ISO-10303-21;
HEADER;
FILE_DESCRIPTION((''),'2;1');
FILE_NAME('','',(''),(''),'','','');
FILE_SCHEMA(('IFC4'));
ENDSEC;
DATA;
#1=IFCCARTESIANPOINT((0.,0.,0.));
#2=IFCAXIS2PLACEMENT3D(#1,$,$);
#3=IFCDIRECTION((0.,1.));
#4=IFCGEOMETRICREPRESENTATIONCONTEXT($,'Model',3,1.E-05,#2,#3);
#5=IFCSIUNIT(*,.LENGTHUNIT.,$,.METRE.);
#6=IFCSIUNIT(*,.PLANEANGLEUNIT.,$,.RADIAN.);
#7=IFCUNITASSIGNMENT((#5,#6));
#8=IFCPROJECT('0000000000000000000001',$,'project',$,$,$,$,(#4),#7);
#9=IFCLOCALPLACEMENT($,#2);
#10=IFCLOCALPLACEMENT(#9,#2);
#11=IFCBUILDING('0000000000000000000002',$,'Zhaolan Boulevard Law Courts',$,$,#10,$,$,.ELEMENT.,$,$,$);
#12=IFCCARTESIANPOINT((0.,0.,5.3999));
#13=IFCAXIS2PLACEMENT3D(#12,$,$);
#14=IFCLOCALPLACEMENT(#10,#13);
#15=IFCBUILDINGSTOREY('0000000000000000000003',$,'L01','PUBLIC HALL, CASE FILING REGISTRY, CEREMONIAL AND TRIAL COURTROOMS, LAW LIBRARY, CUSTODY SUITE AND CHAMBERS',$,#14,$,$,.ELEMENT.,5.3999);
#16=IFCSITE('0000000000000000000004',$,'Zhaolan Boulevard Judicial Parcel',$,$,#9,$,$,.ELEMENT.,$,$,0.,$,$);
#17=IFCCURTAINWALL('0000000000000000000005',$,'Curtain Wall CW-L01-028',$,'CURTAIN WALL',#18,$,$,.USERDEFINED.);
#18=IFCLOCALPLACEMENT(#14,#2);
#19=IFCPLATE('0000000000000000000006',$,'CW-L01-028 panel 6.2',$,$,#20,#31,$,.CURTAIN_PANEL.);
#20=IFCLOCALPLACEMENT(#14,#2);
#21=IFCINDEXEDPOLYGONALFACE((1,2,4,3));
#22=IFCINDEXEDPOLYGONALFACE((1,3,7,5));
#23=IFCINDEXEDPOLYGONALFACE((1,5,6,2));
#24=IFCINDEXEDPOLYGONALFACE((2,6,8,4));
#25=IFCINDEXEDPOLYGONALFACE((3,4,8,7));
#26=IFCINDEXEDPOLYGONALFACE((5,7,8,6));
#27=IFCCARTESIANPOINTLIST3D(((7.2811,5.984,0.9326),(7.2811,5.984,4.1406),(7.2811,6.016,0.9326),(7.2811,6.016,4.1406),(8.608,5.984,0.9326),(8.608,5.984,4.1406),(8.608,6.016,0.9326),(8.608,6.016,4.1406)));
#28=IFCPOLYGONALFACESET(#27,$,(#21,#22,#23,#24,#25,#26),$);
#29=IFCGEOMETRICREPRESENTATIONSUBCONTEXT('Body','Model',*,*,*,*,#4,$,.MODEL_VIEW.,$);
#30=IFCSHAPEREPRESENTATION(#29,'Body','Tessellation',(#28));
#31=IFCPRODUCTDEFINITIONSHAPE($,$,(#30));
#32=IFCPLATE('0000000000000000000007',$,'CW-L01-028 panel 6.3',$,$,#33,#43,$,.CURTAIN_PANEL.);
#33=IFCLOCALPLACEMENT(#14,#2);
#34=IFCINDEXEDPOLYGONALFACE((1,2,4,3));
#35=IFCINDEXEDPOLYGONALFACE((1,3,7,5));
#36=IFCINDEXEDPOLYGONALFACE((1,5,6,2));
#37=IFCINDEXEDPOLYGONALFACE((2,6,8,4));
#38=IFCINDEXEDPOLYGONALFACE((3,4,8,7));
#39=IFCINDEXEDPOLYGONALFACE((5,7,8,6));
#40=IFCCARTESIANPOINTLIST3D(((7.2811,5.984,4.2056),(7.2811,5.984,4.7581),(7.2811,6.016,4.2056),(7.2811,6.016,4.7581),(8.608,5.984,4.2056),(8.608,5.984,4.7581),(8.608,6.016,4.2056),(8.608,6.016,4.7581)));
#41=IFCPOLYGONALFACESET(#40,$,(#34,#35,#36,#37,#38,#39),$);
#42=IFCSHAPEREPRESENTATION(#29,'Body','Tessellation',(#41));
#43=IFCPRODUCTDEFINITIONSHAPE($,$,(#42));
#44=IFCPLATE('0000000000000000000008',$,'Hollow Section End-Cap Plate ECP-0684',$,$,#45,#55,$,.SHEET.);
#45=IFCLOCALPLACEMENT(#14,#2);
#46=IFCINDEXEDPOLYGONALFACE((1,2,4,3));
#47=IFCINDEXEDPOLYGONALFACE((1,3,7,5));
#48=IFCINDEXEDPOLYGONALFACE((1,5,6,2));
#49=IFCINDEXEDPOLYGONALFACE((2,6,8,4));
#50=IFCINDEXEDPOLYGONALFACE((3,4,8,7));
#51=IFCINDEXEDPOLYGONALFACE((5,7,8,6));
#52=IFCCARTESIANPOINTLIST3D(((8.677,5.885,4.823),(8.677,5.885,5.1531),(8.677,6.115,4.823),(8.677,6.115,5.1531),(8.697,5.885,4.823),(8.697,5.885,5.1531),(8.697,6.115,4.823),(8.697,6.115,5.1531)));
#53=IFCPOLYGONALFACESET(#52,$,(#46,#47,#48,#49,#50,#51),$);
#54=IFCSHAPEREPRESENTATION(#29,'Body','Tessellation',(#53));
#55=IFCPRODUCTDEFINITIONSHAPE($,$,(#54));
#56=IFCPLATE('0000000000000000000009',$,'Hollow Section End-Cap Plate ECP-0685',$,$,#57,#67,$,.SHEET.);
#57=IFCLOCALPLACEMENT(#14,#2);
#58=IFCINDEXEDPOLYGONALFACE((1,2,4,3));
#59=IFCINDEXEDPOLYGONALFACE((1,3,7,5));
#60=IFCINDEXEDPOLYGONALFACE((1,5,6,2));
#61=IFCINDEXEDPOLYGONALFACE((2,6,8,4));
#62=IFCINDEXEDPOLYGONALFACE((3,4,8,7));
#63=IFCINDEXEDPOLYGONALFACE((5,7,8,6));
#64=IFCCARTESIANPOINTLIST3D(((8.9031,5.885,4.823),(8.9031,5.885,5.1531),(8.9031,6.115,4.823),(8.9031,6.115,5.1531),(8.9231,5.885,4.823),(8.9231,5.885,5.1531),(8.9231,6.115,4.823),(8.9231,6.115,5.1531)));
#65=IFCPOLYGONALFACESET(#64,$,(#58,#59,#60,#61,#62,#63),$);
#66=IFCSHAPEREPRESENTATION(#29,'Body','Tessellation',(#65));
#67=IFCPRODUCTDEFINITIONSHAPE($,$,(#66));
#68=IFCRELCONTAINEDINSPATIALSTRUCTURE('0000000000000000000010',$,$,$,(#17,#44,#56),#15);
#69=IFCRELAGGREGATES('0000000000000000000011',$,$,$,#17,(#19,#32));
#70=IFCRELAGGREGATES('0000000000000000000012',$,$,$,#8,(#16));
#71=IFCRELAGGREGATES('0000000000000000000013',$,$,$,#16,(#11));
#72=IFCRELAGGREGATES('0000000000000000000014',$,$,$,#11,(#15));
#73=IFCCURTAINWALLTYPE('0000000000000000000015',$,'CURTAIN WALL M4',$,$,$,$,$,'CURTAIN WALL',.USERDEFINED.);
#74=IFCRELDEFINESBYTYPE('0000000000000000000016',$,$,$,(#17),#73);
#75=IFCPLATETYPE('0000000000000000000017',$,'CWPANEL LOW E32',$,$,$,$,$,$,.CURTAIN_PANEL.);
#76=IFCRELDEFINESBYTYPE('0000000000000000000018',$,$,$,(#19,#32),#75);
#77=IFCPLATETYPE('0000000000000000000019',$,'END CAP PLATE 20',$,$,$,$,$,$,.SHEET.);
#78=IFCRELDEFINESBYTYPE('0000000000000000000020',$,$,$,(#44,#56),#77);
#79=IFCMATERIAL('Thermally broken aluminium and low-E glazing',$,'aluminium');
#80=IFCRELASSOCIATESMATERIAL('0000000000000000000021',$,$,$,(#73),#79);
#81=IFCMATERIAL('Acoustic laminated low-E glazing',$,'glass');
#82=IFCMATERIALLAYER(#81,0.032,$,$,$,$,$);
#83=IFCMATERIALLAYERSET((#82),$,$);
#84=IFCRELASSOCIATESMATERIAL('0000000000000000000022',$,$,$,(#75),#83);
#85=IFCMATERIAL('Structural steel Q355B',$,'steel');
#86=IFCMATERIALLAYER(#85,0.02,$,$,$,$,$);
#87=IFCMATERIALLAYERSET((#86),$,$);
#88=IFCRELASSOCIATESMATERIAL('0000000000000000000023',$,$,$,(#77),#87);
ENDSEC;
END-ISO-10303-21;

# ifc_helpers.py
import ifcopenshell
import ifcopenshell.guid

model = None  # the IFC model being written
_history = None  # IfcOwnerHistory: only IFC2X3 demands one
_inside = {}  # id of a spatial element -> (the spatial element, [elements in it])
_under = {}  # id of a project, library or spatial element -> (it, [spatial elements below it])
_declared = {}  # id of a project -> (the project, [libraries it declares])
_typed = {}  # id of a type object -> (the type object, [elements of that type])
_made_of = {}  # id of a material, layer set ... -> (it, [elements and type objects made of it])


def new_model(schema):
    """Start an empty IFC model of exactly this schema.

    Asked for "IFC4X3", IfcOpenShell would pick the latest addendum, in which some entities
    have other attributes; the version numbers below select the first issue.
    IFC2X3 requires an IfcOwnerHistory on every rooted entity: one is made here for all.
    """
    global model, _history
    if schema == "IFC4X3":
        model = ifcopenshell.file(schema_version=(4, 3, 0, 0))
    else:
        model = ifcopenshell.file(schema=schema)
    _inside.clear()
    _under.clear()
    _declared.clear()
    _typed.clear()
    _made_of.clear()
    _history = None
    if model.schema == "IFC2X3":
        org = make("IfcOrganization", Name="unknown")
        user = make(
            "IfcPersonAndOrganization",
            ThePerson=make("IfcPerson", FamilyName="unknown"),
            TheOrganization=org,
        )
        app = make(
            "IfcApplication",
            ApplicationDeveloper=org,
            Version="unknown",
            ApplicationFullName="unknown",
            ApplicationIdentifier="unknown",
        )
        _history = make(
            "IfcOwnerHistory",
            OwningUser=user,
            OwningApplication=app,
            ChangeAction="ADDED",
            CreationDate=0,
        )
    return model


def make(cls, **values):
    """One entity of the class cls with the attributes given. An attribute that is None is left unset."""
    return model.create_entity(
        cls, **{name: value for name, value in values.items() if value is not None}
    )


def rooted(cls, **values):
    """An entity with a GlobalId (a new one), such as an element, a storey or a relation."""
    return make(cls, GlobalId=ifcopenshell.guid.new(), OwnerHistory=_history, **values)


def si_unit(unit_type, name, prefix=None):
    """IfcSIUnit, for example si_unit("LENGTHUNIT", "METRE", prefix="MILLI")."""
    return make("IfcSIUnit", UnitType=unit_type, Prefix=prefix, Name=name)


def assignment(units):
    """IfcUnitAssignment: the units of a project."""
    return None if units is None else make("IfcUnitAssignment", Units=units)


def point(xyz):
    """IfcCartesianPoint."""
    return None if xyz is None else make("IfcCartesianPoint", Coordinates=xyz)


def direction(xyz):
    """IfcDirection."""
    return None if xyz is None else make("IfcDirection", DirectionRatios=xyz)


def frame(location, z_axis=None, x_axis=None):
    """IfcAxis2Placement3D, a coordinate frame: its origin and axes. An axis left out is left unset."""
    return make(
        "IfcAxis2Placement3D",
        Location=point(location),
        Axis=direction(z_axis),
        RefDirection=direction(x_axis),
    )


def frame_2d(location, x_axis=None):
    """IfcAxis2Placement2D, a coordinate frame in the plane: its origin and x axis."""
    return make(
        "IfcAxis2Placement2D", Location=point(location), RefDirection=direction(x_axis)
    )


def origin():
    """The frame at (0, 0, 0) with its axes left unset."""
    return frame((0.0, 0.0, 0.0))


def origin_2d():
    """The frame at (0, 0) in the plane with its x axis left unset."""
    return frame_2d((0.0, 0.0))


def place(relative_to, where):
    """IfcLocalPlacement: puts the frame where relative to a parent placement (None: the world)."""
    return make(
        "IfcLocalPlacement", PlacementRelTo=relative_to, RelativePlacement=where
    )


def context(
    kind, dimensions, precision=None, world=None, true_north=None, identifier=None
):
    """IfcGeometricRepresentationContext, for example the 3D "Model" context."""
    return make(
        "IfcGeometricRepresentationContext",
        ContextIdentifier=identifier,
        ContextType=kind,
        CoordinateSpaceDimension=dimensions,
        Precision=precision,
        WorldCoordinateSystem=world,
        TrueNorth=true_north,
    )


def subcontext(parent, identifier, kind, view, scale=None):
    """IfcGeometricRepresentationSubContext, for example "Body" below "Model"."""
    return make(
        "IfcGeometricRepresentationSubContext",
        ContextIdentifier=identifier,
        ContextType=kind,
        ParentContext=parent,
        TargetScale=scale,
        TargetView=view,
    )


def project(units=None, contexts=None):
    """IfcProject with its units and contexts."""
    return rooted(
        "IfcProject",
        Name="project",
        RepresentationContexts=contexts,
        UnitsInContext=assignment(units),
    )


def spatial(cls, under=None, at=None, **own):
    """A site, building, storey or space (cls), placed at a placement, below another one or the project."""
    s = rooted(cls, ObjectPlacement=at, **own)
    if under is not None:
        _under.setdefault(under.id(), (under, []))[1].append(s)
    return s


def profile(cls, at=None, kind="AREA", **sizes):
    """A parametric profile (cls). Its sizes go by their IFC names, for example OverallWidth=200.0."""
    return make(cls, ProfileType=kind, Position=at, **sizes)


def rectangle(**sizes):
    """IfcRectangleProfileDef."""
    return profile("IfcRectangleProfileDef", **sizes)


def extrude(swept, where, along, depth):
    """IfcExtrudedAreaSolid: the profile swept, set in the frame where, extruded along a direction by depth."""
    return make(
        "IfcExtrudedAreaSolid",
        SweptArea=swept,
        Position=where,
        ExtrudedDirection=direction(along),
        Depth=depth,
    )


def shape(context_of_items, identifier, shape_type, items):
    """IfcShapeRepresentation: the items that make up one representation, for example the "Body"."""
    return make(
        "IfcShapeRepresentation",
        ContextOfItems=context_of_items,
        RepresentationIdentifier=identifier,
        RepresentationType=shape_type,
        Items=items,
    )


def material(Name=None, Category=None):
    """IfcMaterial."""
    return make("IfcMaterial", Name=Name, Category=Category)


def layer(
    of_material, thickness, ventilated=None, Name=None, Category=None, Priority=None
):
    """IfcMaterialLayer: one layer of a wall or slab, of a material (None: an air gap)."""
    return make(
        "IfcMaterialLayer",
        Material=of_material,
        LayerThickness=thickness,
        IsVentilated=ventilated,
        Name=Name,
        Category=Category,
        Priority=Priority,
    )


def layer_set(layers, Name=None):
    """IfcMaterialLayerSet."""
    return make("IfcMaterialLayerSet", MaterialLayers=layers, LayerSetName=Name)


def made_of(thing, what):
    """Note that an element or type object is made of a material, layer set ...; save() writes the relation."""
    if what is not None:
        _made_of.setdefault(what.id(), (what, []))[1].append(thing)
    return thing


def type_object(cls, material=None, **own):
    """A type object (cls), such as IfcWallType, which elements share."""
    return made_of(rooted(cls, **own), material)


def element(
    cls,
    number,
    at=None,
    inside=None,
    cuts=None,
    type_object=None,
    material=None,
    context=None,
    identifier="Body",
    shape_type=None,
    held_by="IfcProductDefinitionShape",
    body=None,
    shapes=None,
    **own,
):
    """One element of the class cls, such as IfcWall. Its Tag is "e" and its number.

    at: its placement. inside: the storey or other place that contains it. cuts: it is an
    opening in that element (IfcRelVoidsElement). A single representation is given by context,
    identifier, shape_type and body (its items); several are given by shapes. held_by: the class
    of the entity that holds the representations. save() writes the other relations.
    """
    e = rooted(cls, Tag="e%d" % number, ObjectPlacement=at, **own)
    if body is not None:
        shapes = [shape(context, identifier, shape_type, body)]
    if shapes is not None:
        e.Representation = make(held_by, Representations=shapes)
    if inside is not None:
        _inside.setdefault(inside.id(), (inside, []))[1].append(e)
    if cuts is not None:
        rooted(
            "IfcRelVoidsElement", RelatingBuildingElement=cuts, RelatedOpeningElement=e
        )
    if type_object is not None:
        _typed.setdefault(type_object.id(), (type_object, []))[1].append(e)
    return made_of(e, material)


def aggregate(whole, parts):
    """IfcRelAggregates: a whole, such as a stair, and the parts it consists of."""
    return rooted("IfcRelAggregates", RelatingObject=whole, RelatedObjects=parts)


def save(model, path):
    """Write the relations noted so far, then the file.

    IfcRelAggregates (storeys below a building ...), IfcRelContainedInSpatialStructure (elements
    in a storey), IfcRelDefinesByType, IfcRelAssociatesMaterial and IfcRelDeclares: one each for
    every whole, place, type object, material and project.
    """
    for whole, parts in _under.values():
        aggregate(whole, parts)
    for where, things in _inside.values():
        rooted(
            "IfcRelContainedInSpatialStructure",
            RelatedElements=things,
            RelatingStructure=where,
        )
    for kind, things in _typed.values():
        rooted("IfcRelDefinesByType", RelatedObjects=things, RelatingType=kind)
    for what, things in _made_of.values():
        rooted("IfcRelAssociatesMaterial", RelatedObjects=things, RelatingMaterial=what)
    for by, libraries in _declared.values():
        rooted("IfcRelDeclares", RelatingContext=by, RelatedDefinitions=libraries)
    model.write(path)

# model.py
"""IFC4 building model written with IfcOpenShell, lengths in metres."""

from ifc_helpers import new_model, si_unit, direction, frame, origin, origin_2d, place, context, subcontext, project, spatial, rectangle, extrude, material, layer, layer_set, type_object, element, aggregate, save


model = new_model("IFC4")

# Units and contexts
model_context = context("Model", 3, precision=1e-05, world=origin(), true_north=direction((0.0, 1.0)))
body_context = subcontext(model_context, "Body", "Model", "MODEL_VIEW")
ifc_project = project(units=[si_unit("LENGTHUNIT", "METRE"), si_unit("PLANEANGLEUNIT", "RADIAN")], contexts=[model_context])

# Site, building, storey
site_placement = place(None, origin())
site = spatial("IfcSite", under=ifc_project, at=site_placement, Name="Zhaolan Boulevard Judicial Parcel", CompositionType="ELEMENT", RefElevation=0.0)
building_placement = place(site_placement, origin())
building = spatial("IfcBuilding", under=site, at=building_placement, Name="Zhaolan Boulevard Law Courts", CompositionType="ELEMENT")
storey_placement = place(building_placement, frame((0.0, 0.0, 5.3999)))
storey = spatial("IfcBuildingStorey", under=building, at=storey_placement, Name="L01", Description="PUBLIC HALL, CASE FILING REGISTRY, CEREMONIAL AND TRIAL COURTROOMS, LAW LIBRARY, CUSTODY SUITE AND CHAMBERS", CompositionType="ELEMENT", Elevation=5.3999)

# Curtain wall
ifc_material_1 = material(Name="Thermally broken aluminium and low-E glazing", Category="aluminium")
curtain_wall_type_1 = type_object("IfcCurtainWallType", Name="CURTAIN WALL M4", ElementType="CURTAIN WALL", PredefinedType="USERDEFINED", material=ifc_material_1)
curtain_wall_1_placement = place(storey_placement, origin())
curtain_wall_1 = element("IfcCurtainWall", 1, at=curtain_wall_1_placement, inside=storey, type_object=curtain_wall_type_1, Name="Curtain Wall CW-L01-028", ObjectType="CURTAIN WALL", PredefinedType="USERDEFINED")

# Plates
ifc_material_2 = material(Name="Acoustic laminated low-E glazing", Category="glass")
ifc_layer_1 = layer(ifc_material_2, 0.032)
ifc_layer_set_1 = layer_set([ifc_layer_1])
plate_type_1 = type_object("IfcPlateType", Name="CWPANEL LOW E32", PredefinedType="CURTAIN_PANEL", material=ifc_layer_set_1)
plate_1_placement = place(storey_placement, frame((7.9446, 6.0, 0.9326), z_axis=(0.0, 0.0, 1.0), x_axis=(1.0, 0.0, 0.0)))
plate_1 = element("IfcPlate", 2, at=plate_1_placement, type_object=plate_type_1, Name="CW-L01-028 panel 6.2", PredefinedType="CURTAIN_PANEL", context=body_context, shape_type="SweptSolid", body=[
    extrude(rectangle(XDim=1.3269, YDim=0.032, at=origin_2d()), origin(), (0.0, 0.0, 1.0), 3.208),
])
plate_2_placement = place(storey_placement, frame((7.9446, 6.0, 4.2056), z_axis=(0.0, 0.0, 1.0), x_axis=(1.0, 0.0, 0.0)))
plate_2 = element("IfcPlate", 3, at=plate_2_placement, type_object=plate_type_1, Name="CW-L01-028 panel 6.3", PredefinedType="CURTAIN_PANEL", context=body_context, shape_type="SweptSolid", body=[
    extrude(rectangle(XDim=1.3269, YDim=0.032, at=origin_2d()), origin(), (0.0, 0.0, 1.0), 0.5525),
])
aggregate(curtain_wall_1, [plate_1, plate_2])

# Plates
ifc_material_3 = material(Name="Structural steel Q355B", Category="steel")
ifc_layer_2 = layer(ifc_material_3, 0.02)
ifc_layer_set_2 = layer_set([ifc_layer_2])
plate_type_2 = type_object("IfcPlateType", Name="END CAP PLATE 20", PredefinedType="SHEET", material=ifc_layer_set_2)
for number, where, z_axis, x_axis, name in (
    (4, (8.687, 6.0, 4.823), (0.0, 0.0, 1.0), (1.0, 0.0, 0.0), "Hollow Section End-Cap Plate ECP-0684"),
    (5, (8.9131, 6.0, 4.823), (0.0, 0.0, 1.0), (1.0, 0.0, 0.0), "Hollow Section End-Cap Plate ECP-0685"),
):
    element("IfcPlate", number, at=place(storey_placement, frame(where, z_axis=z_axis, x_axis=x_axis)), inside=storey, type_object=plate_type_2, Name=name, PredefinedType="SHEET", context=body_context, shape_type="SweptSolid", body=[
        extrude(rectangle(XDim=0.02, YDim=0.23, at=origin_2d()), origin(), (0.0, 0.0, 1.0), 0.3301),
    ])

save(model, "model.ifc")
